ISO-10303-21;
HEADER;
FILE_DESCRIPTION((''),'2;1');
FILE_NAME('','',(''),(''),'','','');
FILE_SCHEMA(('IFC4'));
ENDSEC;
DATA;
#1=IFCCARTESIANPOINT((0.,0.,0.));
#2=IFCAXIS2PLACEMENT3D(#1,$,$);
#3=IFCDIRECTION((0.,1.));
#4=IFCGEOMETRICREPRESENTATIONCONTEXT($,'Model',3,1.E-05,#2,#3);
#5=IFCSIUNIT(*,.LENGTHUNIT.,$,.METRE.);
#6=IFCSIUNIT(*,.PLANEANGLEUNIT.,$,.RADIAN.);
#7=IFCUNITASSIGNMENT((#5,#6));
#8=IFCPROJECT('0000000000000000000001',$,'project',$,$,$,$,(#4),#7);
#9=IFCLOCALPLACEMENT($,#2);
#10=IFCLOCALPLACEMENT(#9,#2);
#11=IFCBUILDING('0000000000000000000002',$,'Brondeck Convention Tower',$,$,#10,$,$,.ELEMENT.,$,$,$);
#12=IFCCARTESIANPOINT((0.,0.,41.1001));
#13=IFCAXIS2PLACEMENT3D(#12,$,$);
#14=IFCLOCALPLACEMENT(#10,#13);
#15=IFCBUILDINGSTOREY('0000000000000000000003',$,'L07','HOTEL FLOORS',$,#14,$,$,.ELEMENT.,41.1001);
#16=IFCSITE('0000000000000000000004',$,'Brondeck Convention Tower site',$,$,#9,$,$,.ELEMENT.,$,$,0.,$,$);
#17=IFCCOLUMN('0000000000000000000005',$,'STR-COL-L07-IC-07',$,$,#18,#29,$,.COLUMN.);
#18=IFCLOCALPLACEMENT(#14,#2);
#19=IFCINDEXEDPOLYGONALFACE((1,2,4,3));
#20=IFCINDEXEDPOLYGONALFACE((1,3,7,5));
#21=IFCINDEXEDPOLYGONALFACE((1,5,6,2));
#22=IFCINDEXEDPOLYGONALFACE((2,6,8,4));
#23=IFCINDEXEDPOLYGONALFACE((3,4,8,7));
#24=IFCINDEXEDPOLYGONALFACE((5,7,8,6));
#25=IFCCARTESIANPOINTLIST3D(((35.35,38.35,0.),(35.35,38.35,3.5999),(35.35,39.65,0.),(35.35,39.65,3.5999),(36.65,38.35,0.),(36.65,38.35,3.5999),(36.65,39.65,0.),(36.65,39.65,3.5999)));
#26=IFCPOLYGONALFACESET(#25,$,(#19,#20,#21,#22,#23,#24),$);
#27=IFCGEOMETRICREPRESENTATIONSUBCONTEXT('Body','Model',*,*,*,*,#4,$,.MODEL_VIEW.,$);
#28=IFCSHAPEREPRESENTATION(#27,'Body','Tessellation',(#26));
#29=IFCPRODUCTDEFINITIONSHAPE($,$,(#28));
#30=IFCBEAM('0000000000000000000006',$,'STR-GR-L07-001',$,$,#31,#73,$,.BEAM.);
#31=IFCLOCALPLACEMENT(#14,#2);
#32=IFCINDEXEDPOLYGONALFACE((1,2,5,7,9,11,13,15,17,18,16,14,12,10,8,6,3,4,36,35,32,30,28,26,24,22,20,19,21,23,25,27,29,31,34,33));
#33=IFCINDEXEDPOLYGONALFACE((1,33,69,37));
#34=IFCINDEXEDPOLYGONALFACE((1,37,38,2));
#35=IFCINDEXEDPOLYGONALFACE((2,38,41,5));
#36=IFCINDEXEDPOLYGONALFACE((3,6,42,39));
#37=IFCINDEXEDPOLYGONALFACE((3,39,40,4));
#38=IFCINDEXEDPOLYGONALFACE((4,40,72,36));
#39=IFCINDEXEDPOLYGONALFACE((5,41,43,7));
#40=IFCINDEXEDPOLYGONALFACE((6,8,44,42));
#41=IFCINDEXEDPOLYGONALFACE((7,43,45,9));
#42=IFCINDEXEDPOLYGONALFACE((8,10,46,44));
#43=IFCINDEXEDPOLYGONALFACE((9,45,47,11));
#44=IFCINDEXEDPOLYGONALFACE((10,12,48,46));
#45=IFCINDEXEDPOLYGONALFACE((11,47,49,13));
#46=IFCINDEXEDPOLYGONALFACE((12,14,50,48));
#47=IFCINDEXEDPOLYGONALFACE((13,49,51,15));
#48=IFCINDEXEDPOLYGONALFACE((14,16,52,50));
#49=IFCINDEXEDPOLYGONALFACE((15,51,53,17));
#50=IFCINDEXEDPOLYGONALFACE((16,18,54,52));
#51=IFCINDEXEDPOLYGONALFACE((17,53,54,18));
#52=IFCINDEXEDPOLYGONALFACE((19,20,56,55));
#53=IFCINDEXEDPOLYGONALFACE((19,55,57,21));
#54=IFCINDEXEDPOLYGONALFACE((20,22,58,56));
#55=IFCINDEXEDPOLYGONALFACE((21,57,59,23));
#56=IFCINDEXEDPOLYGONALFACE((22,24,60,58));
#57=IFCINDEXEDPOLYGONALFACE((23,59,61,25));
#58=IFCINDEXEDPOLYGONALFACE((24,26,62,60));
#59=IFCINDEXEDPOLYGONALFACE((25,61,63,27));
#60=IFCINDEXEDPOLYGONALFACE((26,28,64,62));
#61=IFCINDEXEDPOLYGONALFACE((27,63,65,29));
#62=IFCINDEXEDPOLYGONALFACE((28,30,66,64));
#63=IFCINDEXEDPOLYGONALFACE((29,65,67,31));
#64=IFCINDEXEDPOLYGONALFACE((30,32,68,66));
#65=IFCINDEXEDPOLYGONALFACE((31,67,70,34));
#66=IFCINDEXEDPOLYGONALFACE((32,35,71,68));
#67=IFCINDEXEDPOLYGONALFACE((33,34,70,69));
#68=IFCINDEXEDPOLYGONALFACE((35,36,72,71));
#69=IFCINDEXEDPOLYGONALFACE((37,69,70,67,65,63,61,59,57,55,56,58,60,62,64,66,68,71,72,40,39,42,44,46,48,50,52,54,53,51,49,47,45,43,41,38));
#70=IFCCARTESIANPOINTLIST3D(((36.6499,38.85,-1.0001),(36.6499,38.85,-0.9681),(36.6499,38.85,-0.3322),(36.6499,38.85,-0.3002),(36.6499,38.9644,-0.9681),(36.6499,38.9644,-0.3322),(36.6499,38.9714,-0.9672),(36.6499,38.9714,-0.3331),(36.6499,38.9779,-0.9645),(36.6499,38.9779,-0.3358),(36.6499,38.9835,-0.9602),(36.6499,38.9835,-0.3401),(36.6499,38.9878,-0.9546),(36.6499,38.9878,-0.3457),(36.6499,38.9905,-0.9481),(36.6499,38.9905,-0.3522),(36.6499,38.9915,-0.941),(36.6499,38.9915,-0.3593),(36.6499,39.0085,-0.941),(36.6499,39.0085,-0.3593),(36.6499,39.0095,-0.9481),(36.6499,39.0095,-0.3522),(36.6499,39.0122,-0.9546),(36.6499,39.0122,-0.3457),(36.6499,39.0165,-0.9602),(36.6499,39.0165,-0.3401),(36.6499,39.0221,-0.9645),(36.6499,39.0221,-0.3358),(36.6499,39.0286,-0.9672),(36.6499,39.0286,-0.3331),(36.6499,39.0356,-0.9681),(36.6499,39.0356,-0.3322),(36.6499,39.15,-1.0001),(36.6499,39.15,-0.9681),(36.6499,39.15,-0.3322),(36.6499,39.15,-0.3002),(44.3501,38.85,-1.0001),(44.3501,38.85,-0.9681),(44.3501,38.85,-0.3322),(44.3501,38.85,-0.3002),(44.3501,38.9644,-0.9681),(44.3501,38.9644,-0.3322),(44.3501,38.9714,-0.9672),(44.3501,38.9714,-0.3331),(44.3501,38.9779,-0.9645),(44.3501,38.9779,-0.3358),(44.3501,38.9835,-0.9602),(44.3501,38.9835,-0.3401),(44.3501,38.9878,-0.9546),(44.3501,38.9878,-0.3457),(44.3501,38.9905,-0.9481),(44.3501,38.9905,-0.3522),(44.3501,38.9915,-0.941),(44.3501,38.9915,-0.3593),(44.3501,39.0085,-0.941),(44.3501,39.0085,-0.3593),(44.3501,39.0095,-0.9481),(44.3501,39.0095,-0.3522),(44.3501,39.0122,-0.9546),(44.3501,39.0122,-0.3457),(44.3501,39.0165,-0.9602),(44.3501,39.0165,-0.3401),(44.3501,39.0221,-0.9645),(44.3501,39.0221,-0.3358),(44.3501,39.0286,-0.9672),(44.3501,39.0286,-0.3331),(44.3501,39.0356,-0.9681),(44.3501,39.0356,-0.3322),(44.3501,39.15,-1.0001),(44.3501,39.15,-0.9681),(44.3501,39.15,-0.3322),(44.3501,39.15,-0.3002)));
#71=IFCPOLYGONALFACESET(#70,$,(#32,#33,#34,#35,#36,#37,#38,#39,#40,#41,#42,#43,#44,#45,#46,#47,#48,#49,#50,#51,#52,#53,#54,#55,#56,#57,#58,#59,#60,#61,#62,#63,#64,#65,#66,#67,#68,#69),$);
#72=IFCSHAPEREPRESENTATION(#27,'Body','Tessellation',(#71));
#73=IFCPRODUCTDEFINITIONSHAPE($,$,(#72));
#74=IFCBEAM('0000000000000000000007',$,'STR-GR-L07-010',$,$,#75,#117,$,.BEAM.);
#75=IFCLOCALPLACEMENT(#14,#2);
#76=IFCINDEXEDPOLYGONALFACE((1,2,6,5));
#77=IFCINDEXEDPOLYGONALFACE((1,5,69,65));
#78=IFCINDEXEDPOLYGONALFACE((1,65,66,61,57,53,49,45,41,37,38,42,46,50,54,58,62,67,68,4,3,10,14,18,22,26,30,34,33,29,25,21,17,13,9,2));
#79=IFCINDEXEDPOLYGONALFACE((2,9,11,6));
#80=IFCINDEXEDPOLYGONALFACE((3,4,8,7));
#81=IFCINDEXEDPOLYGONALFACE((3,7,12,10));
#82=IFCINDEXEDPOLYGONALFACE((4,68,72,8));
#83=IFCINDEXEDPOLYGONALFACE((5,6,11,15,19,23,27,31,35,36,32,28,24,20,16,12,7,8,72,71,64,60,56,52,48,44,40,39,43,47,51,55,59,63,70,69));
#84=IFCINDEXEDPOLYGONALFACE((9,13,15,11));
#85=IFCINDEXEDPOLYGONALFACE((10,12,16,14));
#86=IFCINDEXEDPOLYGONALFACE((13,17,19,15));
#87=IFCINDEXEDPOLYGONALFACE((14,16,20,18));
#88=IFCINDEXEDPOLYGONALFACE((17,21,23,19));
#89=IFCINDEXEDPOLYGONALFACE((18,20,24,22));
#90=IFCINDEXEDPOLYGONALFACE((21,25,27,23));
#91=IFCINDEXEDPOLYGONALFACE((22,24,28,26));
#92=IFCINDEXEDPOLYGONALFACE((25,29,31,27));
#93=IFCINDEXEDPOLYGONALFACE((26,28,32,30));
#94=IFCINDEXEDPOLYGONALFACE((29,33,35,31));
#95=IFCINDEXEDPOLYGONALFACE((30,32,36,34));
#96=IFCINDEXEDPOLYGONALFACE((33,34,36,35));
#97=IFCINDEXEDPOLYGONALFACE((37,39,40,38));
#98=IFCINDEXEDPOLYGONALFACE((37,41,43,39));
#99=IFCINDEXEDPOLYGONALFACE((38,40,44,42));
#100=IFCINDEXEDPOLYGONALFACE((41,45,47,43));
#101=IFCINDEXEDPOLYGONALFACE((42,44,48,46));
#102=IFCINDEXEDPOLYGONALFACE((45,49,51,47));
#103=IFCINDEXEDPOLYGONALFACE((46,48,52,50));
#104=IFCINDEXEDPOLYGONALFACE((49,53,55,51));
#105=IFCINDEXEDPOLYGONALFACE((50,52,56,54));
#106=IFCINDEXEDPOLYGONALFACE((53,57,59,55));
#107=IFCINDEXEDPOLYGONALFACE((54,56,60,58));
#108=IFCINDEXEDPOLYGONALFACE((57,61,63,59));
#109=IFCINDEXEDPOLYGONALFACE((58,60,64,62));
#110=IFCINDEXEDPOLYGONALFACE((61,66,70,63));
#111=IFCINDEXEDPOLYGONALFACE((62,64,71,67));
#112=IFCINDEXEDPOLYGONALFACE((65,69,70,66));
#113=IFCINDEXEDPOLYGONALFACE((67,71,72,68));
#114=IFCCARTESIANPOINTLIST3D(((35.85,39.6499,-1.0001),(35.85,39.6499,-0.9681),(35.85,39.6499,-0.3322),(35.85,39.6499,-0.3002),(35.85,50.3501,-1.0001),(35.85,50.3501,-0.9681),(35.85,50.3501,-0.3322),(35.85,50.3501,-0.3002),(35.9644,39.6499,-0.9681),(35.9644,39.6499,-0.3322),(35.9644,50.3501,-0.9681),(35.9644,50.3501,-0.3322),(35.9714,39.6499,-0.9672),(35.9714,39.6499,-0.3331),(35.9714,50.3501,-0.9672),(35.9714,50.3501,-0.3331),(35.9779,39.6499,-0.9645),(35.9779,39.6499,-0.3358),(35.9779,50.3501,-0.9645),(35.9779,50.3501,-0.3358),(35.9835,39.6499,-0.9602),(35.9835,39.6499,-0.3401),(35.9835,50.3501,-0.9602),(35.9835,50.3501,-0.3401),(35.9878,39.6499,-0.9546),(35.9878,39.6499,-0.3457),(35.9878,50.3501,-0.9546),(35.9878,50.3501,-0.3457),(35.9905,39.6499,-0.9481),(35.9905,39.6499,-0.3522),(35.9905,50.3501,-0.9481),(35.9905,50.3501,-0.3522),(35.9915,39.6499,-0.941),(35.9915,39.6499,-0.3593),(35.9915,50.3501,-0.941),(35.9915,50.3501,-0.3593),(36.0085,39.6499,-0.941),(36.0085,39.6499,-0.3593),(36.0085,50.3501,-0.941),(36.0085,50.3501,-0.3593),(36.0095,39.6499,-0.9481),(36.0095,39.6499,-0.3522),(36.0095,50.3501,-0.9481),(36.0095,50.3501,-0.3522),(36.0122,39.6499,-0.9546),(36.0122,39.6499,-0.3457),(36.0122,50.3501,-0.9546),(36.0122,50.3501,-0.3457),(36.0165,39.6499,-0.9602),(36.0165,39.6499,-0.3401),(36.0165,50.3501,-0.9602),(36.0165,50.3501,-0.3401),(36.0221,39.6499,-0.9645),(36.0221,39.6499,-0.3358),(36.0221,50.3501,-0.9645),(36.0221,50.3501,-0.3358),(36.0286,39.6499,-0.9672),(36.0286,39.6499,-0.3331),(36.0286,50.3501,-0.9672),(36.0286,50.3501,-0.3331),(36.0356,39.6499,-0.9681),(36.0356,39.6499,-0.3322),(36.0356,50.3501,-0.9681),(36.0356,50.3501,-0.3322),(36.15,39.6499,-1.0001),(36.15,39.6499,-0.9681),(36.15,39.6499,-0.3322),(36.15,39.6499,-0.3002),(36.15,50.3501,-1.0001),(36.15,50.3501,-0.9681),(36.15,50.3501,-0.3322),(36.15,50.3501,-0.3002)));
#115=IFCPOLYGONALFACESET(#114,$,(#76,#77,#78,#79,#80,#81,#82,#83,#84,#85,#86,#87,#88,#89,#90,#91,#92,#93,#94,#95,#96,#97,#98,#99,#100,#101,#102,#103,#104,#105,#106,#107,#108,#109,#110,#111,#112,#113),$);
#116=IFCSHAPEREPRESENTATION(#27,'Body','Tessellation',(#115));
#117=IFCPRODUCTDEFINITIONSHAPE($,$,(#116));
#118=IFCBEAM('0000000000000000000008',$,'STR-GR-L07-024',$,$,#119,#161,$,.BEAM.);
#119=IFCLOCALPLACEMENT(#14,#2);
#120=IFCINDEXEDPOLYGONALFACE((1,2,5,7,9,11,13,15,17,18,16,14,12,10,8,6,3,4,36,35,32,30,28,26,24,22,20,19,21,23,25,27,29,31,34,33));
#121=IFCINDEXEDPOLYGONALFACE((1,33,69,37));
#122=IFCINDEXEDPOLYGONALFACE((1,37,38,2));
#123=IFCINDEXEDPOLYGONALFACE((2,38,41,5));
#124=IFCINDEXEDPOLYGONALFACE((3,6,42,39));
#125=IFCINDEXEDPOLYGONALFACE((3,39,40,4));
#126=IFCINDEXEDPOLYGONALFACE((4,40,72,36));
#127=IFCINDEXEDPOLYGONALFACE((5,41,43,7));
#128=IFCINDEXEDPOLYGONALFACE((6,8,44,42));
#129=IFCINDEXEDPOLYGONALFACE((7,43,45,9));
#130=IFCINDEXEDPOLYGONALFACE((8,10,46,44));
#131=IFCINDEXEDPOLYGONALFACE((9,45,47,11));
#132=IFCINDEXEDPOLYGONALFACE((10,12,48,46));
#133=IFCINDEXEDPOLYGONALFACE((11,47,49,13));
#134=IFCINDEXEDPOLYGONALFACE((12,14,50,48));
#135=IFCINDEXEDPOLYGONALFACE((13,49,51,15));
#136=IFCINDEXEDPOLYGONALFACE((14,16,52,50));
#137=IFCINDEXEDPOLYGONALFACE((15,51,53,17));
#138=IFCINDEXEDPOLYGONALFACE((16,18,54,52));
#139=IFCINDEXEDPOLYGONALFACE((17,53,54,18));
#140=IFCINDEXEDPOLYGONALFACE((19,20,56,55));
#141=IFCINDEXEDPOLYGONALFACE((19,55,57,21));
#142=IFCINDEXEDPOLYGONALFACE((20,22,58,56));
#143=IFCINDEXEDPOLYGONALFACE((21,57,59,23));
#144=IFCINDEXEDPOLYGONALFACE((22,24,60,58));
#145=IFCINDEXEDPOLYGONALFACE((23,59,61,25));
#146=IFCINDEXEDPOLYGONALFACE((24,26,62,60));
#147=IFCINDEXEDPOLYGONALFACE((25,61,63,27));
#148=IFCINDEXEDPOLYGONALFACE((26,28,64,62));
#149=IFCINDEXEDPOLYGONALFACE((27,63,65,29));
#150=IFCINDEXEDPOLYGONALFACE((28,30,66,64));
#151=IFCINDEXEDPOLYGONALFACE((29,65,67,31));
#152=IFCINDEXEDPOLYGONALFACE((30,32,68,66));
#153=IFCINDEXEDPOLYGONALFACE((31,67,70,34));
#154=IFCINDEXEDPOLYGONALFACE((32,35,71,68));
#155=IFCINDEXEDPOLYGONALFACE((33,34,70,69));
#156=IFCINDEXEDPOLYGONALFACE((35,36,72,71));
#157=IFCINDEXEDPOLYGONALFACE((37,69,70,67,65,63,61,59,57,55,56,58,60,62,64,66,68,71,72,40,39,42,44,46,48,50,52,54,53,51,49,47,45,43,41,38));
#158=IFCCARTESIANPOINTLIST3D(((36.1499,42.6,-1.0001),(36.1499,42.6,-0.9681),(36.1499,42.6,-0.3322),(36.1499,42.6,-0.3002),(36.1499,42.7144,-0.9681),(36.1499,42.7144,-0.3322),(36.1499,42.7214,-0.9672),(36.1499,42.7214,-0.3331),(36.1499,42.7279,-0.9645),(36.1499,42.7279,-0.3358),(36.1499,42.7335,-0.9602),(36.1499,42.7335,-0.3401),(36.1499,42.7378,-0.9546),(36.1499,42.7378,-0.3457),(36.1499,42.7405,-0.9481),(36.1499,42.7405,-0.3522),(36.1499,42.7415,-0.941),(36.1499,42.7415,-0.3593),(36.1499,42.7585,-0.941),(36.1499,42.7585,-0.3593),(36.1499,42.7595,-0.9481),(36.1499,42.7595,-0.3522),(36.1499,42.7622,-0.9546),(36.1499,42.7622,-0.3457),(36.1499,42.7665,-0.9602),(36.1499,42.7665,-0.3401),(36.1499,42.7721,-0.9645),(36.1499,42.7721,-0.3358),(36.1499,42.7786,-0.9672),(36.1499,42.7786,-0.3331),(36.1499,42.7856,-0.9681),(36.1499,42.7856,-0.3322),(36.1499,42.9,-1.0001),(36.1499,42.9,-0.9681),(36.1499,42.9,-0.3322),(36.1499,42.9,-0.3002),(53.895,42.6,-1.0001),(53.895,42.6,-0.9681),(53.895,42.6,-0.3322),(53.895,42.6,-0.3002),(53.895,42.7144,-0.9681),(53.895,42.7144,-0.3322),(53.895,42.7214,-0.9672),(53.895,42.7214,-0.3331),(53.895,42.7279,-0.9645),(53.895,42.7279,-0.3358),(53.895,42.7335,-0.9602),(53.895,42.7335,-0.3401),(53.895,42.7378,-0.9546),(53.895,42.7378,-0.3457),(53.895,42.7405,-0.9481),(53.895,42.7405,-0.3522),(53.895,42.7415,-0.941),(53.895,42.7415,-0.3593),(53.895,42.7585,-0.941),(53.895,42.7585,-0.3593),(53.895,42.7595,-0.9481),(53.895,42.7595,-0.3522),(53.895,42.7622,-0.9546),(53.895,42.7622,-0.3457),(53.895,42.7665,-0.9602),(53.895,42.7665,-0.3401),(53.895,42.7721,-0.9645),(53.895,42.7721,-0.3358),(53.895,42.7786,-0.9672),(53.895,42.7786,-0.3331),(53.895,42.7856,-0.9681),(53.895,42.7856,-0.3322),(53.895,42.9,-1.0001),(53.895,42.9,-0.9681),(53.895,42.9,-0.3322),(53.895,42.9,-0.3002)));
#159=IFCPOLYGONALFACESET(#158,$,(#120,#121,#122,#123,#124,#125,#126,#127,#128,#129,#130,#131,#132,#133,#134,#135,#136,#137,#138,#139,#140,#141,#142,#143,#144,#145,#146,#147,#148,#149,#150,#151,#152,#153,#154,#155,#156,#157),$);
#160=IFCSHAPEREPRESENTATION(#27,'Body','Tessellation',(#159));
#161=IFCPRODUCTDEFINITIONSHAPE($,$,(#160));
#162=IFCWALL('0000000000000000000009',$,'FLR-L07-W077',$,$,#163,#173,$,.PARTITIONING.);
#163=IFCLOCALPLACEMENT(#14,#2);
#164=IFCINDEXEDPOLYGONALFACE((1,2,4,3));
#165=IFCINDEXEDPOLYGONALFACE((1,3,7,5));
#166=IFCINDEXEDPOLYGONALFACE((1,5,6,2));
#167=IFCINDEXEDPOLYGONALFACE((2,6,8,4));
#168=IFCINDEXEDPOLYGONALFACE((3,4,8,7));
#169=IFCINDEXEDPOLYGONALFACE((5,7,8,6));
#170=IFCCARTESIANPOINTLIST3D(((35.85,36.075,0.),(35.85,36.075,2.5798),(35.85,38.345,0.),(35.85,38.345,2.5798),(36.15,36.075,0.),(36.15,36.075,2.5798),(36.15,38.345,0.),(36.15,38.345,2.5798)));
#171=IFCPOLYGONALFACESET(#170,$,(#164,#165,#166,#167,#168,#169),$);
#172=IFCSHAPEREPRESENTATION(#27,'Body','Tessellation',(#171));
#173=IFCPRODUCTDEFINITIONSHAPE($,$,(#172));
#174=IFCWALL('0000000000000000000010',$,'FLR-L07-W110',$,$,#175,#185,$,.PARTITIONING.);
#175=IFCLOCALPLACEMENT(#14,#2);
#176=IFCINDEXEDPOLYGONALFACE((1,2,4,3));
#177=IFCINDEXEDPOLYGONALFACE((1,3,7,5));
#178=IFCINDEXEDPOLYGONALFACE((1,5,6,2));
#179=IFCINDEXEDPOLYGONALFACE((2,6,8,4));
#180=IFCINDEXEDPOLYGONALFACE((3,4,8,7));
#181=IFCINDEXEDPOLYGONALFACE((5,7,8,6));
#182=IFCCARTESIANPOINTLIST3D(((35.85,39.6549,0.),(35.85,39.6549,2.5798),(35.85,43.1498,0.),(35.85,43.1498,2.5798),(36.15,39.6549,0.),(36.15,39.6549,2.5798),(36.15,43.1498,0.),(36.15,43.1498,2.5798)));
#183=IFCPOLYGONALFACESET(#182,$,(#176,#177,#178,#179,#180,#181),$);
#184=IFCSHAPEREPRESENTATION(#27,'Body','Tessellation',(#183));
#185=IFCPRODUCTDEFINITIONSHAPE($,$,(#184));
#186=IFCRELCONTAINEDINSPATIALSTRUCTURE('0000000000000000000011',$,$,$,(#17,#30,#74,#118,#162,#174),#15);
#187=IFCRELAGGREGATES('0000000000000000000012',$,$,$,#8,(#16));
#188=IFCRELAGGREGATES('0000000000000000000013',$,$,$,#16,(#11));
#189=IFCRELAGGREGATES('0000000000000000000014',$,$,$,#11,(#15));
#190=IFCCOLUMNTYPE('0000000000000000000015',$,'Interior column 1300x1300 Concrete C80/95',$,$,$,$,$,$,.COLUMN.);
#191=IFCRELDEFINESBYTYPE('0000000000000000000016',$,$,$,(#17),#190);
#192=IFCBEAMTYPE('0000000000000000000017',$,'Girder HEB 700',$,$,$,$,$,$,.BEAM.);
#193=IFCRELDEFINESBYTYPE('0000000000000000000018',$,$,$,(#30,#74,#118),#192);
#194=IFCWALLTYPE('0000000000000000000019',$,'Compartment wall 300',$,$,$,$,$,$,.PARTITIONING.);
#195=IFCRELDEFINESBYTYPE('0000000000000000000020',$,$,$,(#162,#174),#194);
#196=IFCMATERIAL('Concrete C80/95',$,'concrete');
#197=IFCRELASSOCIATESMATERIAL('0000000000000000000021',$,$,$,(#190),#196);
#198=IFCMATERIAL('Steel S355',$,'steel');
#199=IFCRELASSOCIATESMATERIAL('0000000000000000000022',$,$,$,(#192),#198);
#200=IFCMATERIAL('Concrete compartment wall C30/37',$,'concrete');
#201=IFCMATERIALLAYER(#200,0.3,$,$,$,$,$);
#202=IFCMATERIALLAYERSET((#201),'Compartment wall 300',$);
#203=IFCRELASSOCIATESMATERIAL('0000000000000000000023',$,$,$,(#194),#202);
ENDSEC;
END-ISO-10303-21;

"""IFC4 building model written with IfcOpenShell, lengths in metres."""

from ifc_helpers import new_model, si_unit, direction, frame, frame_2d, origin, origin_2d, place, context, subcontext, project, spatial, rectangle, i_section, extrude, material, layer, layer_set, material_profile, profile_set, type_object, element, save


model = new_model("IFC4")

# Units and contexts
model_context = context("Model", 3, precision=1e-05, world=origin(), true_north=direction((0.0, 1.0)))
body_context = subcontext(model_context, "Body", "Model", "MODEL_VIEW")
ifc_project = project(units=[si_unit("LENGTHUNIT", "METRE"), si_unit("PLANEANGLEUNIT", "RADIAN")], contexts=[model_context])

# Site, building, storey
site_placement = place(None, origin())
site = spatial("IfcSite", under=ifc_project, at=site_placement, Name="Brondeck Convention Tower site", CompositionType="ELEMENT", RefElevation=0.0)
building_placement = place(site_placement, origin())
building = spatial("IfcBuilding", under=site, at=building_placement, Name="Brondeck Convention Tower", CompositionType="ELEMENT")
storey_placement = place(building_placement, frame((0.0, 0.0, 41.1001)))
storey = spatial("IfcBuildingStorey", under=building, at=storey_placement, Name="L07", Description="HOTEL FLOORS", CompositionType="ELEMENT", Elevation=41.1001)

# Column
ifc_material_1 = material(Name="Concrete C80/95", Category="concrete")
ifc_material_profile_1 = material_profile(ifc_material_1, rectangle(XDim=1.3, YDim=1.3, at=origin_2d()), Name="Interior column 1300x1300 Concrete C80/95")
ifc_profile_set_1 = profile_set([ifc_material_profile_1], Name="Concrete C80/95")
column_type = type_object("IfcColumnType", Name="Interior column 1300x1300 Concrete C80/95", PredefinedType="COLUMN", material=ifc_profile_set_1)
column_placement = place(storey_placement, frame((36.0, 39.0, 0.0), z_axis=(0.0, 0.0, 1.0), x_axis=(1.0, 0.0, 0.0)))
element("IfcColumn", 1, at=column_placement, inside=storey, type_object=column_type, Name="STR-COL-L07-IC-07", PredefinedType="COLUMN", context=body_context, shape_type="SweptSolid", body=[
    extrude(rectangle(XDim=1.3, YDim=1.3, at=origin_2d()), origin(), (0.0, 0.0, 1.0), 3.5999),
])

# Beams
ifc_material_2 = material(Name="Steel S355", Category="steel")
ifc_material_profile_2 = material_profile(ifc_material_2, i_section(OverallWidth=0.3, OverallDepth=0.7, WebThickness=0.0171, FlangeThickness=0.032, FilletRadius=0.0271, at=origin_2d()), Name="HEB 700")
ifc_profile_set_2 = profile_set([ifc_material_profile_2], Name="Steel S355")
beam_type = type_object("IfcBeamType", Name="Girder HEB 700", PredefinedType="BEAM", material=ifc_profile_set_2)
beam_1_placement = place(storey_placement, frame((36.6499, 39.0, -0.6501), z_axis=(1.0, 0.0, 0.0), x_axis=(0.0, 1.0, 0.0)))
element("IfcBeam", 2, at=beam_1_placement, inside=storey, type_object=beam_type, Name="STR-GR-L07-001", PredefinedType="BEAM", context=body_context, shape_type="SweptSolid", body=[
    extrude(i_section(OverallWidth=0.3, OverallDepth=0.7, WebThickness=0.0171, FlangeThickness=0.032, FilletRadius=0.0271, at=origin_2d()), origin(), (0.0, 0.0, 1.0), 7.7002),
])
beam_2_placement = place(storey_placement, frame((36.0, 39.6499, -0.6501), z_axis=(0.0, 1.0, 0.0), x_axis=(-1.0, 0.0, 0.0)))
element("IfcBeam", 3, at=beam_2_placement, inside=storey, type_object=beam_type, Name="STR-GR-L07-010", PredefinedType="BEAM", context=body_context, shape_type="SweptSolid", body=[
    extrude(i_section(OverallWidth=0.3, OverallDepth=0.7, WebThickness=0.0171, FlangeThickness=0.032, FilletRadius=0.0271, at=origin_2d()), origin(), (0.0, 0.0, 1.0), 10.7002),
])
beam_3_placement = place(storey_placement, frame((36.1499, 42.75, -0.6501), z_axis=(1.0, 0.0, 0.0), x_axis=(0.0, 1.0, 0.0)))
element("IfcBeam", 4, at=beam_3_placement, inside=storey, type_object=beam_type, Name="STR-GR-L07-024", PredefinedType="BEAM", context=body_context, shape_type="SweptSolid", body=[
    extrude(i_section(OverallWidth=0.3, OverallDepth=0.7, WebThickness=0.0171, FlangeThickness=0.032, FilletRadius=0.0271, at=origin_2d()), origin(), (0.0, 0.0, 1.0), 17.7451),
])

# Walls
ifc_material_3 = material(Name="Concrete compartment wall C30/37", Category="concrete")
ifc_layer_1 = layer(ifc_material_3, 0.3)
ifc_layer_set_1 = layer_set([ifc_layer_1], Name="Compartment wall 300")
wall_type_1 = type_object("IfcWallType", Name="Compartment wall 300", PredefinedType="PARTITIONING", material=ifc_layer_set_1)
wall_1_placement = place(storey_placement, frame((36.0, 38.345, 0.0), z_axis=(0.0, 0.0, 1.0), x_axis=(0.0, -1.0, 0.0)))
element("IfcWall", 5, at=wall_1_placement, inside=storey, type_object=wall_type_1, Name="FLR-L07-W077", PredefinedType="PARTITIONING", context=body_context, shape_type="SweptSolid", body=[
    extrude(rectangle(XDim=2.27, YDim=0.3, at=frame_2d((1.135, 0.0))), origin(), (0.0, 0.0, 1.0), 2.5798),
])
wall_2_placement = place(storey_placement, frame((36.0, 43.1499, 0.0), z_axis=(0.0, 0.0, 1.0), x_axis=(0.0, -1.0, 0.0)))
element("IfcWall", 6, at=wall_2_placement, inside=storey, type_object=wall_type_1, Name="FLR-L07-W110", PredefinedType="PARTITIONING", context=body_context, shape_type="SweptSolid", body=[
    extrude(rectangle(XDim=3.4949, YDim=0.3, at=frame_2d((1.7476, 0.0))), origin(), (0.0, 0.0, 1.0), 2.5798),
])

save(model, "model.ifc")
